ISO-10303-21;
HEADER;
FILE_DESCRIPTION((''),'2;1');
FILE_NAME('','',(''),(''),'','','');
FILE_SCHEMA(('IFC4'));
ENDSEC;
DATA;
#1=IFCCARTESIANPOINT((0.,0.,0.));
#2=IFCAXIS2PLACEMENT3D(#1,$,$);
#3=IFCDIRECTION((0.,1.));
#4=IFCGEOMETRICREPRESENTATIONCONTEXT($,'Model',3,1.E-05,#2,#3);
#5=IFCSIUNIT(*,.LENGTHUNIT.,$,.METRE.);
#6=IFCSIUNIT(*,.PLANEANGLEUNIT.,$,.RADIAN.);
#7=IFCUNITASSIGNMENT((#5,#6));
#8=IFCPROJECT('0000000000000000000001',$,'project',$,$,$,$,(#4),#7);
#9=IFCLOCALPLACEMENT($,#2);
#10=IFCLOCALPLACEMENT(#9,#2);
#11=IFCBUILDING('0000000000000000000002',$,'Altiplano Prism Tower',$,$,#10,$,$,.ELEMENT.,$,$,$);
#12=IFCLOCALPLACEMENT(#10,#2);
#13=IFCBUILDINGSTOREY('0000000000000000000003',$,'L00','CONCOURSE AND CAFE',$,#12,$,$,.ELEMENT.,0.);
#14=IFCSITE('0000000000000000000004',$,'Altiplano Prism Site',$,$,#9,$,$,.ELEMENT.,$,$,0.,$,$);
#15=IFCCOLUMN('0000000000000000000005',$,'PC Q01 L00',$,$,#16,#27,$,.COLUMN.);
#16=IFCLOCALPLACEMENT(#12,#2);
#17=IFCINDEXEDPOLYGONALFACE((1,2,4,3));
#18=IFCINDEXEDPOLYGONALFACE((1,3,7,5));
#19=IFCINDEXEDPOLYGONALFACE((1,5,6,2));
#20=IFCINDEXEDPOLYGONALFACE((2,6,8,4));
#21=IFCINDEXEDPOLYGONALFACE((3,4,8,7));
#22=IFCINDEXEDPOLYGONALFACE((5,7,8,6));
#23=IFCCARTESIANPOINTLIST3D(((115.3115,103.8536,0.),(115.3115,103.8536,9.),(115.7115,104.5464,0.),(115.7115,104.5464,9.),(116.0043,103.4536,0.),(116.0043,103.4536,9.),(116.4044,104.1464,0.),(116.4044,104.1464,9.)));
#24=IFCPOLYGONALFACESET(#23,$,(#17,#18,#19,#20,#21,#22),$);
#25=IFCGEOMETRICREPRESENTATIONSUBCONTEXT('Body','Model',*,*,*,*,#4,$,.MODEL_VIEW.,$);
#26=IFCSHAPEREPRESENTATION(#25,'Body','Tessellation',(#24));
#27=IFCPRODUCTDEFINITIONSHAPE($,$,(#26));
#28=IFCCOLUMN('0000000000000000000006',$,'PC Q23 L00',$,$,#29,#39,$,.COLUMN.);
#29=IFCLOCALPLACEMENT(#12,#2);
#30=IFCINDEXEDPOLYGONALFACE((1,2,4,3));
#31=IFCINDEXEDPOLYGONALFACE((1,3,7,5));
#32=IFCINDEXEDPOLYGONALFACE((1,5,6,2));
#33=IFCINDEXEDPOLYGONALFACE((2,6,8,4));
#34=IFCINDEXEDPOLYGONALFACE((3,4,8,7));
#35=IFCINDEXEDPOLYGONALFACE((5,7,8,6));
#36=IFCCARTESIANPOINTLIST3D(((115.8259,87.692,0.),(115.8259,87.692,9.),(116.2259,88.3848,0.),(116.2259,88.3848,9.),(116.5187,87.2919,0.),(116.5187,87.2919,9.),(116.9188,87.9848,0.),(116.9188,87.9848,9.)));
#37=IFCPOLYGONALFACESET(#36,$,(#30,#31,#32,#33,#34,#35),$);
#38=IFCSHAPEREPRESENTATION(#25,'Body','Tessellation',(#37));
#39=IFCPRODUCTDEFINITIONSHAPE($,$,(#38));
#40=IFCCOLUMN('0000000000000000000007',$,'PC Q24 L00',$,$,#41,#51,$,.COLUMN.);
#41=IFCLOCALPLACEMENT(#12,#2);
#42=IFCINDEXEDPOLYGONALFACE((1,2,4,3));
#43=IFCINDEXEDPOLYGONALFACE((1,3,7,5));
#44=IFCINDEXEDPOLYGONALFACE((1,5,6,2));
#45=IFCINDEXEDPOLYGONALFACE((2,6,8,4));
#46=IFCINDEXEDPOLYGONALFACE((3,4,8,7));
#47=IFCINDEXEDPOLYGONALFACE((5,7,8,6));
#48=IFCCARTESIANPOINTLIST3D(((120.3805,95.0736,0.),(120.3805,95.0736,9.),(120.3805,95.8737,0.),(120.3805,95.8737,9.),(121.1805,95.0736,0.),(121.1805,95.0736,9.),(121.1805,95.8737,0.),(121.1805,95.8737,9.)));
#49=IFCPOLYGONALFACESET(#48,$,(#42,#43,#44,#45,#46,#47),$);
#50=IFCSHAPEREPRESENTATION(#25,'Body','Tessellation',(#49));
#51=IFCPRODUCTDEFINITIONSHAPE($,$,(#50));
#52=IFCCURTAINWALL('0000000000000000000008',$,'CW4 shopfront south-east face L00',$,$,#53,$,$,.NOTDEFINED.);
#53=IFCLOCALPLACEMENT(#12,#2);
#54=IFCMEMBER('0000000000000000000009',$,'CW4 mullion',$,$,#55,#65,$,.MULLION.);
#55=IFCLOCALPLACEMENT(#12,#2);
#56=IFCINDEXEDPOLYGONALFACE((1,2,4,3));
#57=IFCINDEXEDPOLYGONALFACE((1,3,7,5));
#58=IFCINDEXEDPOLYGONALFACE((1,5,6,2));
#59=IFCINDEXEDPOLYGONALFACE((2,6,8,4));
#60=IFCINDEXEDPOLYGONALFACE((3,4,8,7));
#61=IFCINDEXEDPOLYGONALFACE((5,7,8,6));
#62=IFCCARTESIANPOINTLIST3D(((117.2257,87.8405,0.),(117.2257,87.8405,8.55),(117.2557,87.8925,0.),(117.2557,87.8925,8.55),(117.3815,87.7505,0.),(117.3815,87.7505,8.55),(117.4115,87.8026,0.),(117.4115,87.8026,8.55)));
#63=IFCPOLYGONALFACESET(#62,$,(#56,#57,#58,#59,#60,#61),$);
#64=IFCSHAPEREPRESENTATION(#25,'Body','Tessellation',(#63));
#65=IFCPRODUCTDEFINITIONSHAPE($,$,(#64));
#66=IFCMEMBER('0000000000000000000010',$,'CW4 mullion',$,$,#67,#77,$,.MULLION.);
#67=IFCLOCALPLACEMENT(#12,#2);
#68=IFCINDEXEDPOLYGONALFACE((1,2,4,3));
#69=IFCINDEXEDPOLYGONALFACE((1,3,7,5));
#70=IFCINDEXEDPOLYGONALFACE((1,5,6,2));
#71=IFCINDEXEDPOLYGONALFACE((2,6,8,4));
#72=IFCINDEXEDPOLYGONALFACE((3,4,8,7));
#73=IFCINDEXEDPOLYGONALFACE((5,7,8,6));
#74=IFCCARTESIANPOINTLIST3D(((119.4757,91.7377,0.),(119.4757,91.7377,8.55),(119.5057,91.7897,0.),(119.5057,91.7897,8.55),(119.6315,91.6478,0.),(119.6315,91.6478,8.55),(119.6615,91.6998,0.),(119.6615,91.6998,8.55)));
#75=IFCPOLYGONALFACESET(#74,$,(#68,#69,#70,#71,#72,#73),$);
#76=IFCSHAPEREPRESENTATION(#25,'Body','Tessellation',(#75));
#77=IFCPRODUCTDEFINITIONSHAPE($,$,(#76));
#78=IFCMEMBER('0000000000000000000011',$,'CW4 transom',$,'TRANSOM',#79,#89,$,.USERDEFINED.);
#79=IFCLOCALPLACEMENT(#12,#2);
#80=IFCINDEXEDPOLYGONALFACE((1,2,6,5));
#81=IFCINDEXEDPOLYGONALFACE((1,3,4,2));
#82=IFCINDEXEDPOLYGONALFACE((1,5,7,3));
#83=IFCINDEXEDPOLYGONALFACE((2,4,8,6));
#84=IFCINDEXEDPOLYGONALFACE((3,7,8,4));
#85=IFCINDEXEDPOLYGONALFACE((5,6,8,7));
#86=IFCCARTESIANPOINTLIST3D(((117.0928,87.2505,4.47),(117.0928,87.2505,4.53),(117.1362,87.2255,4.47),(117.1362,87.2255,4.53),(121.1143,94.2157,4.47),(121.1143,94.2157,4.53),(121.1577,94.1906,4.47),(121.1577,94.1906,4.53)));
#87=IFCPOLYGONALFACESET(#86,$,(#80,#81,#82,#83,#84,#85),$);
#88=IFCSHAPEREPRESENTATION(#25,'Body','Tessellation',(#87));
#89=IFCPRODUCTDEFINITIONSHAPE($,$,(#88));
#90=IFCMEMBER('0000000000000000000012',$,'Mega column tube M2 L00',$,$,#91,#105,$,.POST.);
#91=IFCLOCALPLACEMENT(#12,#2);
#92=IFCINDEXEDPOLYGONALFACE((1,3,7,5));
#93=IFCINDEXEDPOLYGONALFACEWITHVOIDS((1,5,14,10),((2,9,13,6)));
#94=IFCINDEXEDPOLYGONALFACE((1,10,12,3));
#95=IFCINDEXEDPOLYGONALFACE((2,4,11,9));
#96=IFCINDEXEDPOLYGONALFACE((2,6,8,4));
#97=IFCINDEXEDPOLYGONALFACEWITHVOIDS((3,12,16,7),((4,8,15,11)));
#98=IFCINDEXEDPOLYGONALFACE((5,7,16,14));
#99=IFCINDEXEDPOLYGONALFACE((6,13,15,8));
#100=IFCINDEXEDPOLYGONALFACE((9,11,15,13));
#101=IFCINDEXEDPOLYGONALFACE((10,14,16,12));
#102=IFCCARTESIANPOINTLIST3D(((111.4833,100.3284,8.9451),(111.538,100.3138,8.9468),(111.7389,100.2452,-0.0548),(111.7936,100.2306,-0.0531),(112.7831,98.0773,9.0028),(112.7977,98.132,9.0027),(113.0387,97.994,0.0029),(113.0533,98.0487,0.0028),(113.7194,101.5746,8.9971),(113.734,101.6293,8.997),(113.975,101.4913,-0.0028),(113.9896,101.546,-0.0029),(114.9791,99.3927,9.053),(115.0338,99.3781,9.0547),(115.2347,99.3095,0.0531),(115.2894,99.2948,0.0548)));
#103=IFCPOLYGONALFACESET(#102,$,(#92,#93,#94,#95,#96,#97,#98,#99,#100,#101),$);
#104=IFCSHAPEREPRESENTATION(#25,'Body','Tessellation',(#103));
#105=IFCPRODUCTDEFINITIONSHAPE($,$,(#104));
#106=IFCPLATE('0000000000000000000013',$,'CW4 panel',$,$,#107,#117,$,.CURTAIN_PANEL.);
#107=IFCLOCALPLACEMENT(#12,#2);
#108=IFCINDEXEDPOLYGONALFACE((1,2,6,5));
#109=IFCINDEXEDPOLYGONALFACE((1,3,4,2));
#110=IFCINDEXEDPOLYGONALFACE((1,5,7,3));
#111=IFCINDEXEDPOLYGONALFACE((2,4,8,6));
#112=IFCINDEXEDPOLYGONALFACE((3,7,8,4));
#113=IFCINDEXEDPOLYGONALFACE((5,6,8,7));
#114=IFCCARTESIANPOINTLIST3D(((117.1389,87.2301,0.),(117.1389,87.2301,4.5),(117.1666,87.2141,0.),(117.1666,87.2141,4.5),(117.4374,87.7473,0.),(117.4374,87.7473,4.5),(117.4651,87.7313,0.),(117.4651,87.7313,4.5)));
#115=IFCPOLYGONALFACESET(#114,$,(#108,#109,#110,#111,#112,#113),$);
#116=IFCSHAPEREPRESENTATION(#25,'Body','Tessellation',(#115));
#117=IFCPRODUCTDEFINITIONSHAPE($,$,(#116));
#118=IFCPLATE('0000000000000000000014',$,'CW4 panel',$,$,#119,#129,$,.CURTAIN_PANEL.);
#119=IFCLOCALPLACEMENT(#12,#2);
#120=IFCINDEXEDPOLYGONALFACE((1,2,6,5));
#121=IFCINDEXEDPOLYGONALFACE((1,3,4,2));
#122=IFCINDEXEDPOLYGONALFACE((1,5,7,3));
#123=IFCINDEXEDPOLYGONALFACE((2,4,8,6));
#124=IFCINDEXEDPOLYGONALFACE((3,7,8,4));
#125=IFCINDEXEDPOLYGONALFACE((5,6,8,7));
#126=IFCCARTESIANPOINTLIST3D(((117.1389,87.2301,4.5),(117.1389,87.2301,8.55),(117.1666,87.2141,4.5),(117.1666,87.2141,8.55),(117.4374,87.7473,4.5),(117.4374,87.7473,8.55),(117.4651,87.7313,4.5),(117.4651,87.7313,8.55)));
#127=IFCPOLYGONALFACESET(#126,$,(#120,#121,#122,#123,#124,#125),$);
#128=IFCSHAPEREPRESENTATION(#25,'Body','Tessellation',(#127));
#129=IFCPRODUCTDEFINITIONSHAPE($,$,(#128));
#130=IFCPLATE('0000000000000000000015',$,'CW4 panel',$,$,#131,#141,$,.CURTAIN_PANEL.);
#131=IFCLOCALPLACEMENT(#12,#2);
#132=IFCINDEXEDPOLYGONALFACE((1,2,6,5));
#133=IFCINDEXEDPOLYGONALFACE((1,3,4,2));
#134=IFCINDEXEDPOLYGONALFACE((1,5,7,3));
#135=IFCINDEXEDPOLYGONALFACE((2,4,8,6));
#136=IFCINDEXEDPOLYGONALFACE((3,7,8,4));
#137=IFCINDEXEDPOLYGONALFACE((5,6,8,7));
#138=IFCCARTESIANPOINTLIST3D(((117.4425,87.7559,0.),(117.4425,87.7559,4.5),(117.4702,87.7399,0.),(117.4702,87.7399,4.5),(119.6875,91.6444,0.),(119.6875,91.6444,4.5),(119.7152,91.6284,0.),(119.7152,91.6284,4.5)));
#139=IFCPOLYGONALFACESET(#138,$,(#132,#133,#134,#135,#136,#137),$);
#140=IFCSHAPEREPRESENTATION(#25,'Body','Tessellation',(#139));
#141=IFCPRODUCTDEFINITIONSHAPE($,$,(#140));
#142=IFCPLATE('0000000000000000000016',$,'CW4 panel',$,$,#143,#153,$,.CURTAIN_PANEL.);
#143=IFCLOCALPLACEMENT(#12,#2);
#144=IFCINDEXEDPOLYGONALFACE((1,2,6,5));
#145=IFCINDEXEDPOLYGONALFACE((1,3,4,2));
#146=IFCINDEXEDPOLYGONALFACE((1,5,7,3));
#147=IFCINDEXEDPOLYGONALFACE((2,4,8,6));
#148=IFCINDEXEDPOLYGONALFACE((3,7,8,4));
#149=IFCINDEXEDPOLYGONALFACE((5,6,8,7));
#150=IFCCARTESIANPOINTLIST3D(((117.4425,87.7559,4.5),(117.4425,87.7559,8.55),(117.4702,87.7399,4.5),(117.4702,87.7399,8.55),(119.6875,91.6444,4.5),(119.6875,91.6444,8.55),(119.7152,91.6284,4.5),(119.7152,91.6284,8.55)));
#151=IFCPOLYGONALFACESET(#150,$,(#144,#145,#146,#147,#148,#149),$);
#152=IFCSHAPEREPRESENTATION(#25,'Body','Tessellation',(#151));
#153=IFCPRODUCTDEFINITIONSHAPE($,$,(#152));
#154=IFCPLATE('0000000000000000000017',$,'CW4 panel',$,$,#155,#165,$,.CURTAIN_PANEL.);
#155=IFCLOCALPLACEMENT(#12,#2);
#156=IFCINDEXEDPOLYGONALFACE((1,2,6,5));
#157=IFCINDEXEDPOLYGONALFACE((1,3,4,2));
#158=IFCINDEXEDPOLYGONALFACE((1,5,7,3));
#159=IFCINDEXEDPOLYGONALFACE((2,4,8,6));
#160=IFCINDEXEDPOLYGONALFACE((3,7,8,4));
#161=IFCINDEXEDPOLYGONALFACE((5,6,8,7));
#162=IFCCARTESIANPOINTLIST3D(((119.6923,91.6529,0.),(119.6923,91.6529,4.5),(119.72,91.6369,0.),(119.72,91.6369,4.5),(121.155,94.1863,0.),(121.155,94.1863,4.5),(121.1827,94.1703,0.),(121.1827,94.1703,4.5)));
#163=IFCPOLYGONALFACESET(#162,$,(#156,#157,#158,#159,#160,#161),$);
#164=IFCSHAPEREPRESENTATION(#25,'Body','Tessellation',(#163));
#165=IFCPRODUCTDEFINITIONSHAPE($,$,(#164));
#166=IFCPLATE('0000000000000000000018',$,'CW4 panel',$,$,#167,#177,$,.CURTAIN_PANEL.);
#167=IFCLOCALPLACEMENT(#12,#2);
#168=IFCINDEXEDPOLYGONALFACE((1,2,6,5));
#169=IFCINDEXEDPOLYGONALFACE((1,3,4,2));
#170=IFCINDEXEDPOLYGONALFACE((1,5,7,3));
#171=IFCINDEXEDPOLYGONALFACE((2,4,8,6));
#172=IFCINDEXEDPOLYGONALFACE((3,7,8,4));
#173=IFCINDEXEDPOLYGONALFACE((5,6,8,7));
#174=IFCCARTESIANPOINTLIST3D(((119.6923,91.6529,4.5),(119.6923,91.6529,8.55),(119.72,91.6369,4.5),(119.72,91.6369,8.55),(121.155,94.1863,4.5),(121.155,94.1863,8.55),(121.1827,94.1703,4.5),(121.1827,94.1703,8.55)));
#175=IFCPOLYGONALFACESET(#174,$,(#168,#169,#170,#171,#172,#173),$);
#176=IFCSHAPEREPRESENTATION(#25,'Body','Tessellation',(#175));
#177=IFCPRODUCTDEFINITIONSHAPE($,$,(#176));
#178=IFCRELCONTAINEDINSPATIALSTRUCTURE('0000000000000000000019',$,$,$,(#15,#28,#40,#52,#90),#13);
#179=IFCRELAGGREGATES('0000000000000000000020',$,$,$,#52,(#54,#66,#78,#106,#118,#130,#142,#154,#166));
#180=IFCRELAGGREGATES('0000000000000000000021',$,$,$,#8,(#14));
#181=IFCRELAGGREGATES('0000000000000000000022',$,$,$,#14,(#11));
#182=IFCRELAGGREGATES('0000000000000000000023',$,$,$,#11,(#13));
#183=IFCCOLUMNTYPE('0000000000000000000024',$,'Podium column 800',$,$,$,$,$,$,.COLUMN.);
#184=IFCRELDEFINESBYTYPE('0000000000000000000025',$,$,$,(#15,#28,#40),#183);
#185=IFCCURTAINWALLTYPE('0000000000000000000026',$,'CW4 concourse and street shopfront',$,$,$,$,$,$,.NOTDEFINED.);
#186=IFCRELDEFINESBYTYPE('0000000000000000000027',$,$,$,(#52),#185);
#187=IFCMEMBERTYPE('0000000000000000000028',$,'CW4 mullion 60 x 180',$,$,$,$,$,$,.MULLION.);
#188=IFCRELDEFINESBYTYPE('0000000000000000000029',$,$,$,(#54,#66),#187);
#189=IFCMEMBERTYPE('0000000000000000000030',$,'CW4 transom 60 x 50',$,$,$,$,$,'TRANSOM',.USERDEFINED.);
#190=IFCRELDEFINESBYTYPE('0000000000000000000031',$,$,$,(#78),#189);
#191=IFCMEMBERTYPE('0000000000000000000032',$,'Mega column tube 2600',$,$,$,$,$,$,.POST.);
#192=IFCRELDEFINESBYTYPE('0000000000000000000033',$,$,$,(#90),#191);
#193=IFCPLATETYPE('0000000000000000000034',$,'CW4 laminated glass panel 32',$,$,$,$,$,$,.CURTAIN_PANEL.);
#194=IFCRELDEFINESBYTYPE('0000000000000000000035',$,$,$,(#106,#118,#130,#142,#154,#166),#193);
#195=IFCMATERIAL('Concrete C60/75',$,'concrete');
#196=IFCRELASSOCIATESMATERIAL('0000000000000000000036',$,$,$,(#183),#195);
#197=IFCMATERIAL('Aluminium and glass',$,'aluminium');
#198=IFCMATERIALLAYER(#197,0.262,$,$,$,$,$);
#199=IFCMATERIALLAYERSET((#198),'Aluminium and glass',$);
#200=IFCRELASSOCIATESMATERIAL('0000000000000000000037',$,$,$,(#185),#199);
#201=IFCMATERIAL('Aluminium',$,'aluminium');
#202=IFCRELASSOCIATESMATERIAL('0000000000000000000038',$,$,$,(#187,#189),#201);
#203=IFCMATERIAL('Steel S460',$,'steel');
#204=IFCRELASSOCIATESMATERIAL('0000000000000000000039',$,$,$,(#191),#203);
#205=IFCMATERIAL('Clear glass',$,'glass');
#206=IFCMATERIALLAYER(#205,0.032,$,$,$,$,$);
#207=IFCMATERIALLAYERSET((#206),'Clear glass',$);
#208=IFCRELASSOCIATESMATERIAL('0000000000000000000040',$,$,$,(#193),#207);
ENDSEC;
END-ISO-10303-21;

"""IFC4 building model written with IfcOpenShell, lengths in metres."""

from ifc_helpers import new_model, si_unit, direction, frame, origin, origin_2d, place, context, subcontext, project, spatial, rectangle, hollow_rectangle, extrude, material, layer, layer_set, material_profile, profile_set, type_object, element, aggregate, save


model = new_model("IFC4")

# Units and contexts
model_context = context("Model", 3, precision=1e-05, world=origin(), true_north=direction((0.0, 1.0)))
body_context = subcontext(model_context, "Body", "Model", "MODEL_VIEW")
ifc_project = project(units=[si_unit("LENGTHUNIT", "METRE"), si_unit("PLANEANGLEUNIT", "RADIAN")], contexts=[model_context])

# Site, building, storey
site_placement = place(None, origin())
site = spatial("IfcSite", under=ifc_project, at=site_placement, Name="Altiplano Prism Site", CompositionType="ELEMENT", RefElevation=0.0)
building_placement = place(site_placement, origin())
building = spatial("IfcBuilding", under=site, at=building_placement, Name="Altiplano Prism Tower", CompositionType="ELEMENT")
storey_placement = place(building_placement, origin())
storey = spatial("IfcBuildingStorey", under=building, at=storey_placement, Name="L00", Description="CONCOURSE AND CAFE", CompositionType="ELEMENT", Elevation=0.0)

# Columns
ifc_material_1 = material(Name="Concrete C60/75", Category="concrete")
ifc_material_profile_1 = material_profile(ifc_material_1, rectangle(XDim=0.8, YDim=0.8, at=origin_2d()), Name="Podium column 800")
ifc_profile_set_1 = profile_set([ifc_material_profile_1], Name="Concrete C60/75")
column_type = type_object("IfcColumnType", Name="Podium column 800", PredefinedType="COLUMN", material=ifc_profile_set_1)
for number, where, z_axis, x_axis, name in (
    (1, (115.8579, 104.0, 0.0), (0.0, 0.0, 1.0), (0.5, 0.866025, 0.0), "PC Q01 L00"),
    (2, (116.3723, 87.8384, 0.0), (0.0, 0.0, 1.0), (0.5, 0.866025, 0.0), "PC Q23 L00"),
    (3, (120.7805, 95.4736, 0.0), (0.0, 0.0, 1.0), (0.0, 1.0, 0.0), "PC Q24 L00"),
):
    element("IfcColumn", number, at=place(storey_placement, frame(where, z_axis=z_axis, x_axis=x_axis)), inside=storey, type_object=column_type, Name=name, PredefinedType="COLUMN", context=body_context, shape_type="SweptSolid", body=[
        extrude(rectangle(XDim=0.8, YDim=0.8, at=origin_2d()), origin(), (0.0, 0.0, 1.0), 9.0),
    ])

# Curtain wall, members
ifc_material_2 = material(Name="Aluminium and glass", Category="aluminium")
ifc_layer_1 = layer(ifc_material_2, 0.262)
ifc_layer_set_1 = layer_set([ifc_layer_1], Name="Aluminium and glass")
curtain_wall_type = type_object("IfcCurtainWallType", Name="CW4 concourse and street shopfront", PredefinedType="NOTDEFINED", material=ifc_layer_set_1)
curtain_wall_placement = place(storey_placement, origin())
curtain_wall = element("IfcCurtainWall", 4, at=curtain_wall_placement, inside=storey, type_object=curtain_wall_type, Name="CW4 shopfront south-east face L00", PredefinedType="NOTDEFINED")
ifc_material_3 = material(Name="Aluminium", Category="aluminium")
ifc_material_profile_2 = material_profile(ifc_material_3, rectangle(XDim=0.1799, YDim=0.0601, at=origin_2d()), Name="CW4 mullion 60 x 180")
ifc_profile_set_2 = profile_set([ifc_material_profile_2], Name="Aluminium")
member_type_1 = type_object("IfcMemberType", Name="CW4 mullion 60 x 180", PredefinedType="MULLION", material=ifc_profile_set_2)
member_1_placement = place(storey_placement, frame((117.3186, 87.8215, 0.0), z_axis=(0.0, 0.0, 1.0), x_axis=(-0.866025, 0.5, 0.0)))
member_1 = element("IfcMember", 5, at=member_1_placement, type_object=member_type_1, Name="CW4 mullion", PredefinedType="MULLION", context=body_context, shape_type="SweptSolid", body=[
    extrude(rectangle(XDim=0.1799, YDim=0.0601, at=origin_2d()), origin(), (0.0, 0.0, 1.0), 8.55),
])
member_2_placement = place(storey_placement, frame((119.5686, 91.7188, 0.0), z_axis=(0.0, 0.0, 1.0), x_axis=(-0.866025, 0.5, 0.0)))
member_2 = element("IfcMember", 6, at=member_2_placement, type_object=member_type_1, Name="CW4 mullion", PredefinedType="MULLION", context=body_context, shape_type="SweptSolid", body=[
    extrude(rectangle(XDim=0.1799, YDim=0.0601, at=origin_2d()), origin(), (0.0, 0.0, 1.0), 8.55),
])
ifc_material_profile_3 = material_profile(ifc_material_3, rectangle(XDim=0.05, YDim=0.0601, at=origin_2d()), Name="CW4 transom 60 x 50")
ifc_profile_set_3 = profile_set([ifc_material_profile_3], Name="Aluminium")
member_type_2 = type_object("IfcMemberType", Name="CW4 transom 60 x 50", ElementType="TRANSOM", PredefinedType="USERDEFINED", material=ifc_profile_set_3)
member_3_placement = place(storey_placement, frame((117.1145, 87.238, 4.5), z_axis=(0.500018, 0.866015, 0.0), x_axis=(-0.866015, 0.500018, 0.0)))
member_3 = element("IfcMember", 7, at=member_3_placement, type_object=member_type_2, Name="CW4 transom", ObjectType="TRANSOM", PredefinedType="USERDEFINED", context=body_context, shape_type="SweptSolid", body=[
    extrude(rectangle(XDim=0.05, YDim=0.0601, at=origin_2d()), origin(), (0.0, 0.0, 1.0), 8.0427),
])

# Member
ifc_material_4 = material(Name="Steel S460", Category="steel")
ifc_material_profile_4 = material_profile(ifc_material_4, hollow_rectangle(XDim=2.6001, YDim=2.6001, WallThickness=0.04, at=origin_2d()), Name="Mega column tube 2600")
ifc_profile_set_4 = profile_set([ifc_material_profile_4], Name="Steel S460")
member_type_3 = type_object("IfcMemberType", Name="Mega column tube 2600", PredefinedType="POST", material=ifc_profile_set_4)
member_4_placement = place(storey_placement, frame((113.5142, 99.77, 0.0), z_axis=(-0.028389, 0.009246, 0.999554), x_axis=(0.499889, -0.865805, 0.022207)))
element("IfcMember", 8, at=member_4_placement, inside=storey, type_object=member_type_3, Name="Mega column tube M2 L00", PredefinedType="POST", context=body_context, shape_type="SweptSolid", body=[
    extrude(hollow_rectangle(XDim=2.6001, YDim=2.6001, WallThickness=0.04, at=origin_2d()), origin(), (0.0, 0.0, 1.0), 9.0039),
])

# Plates
ifc_material_5 = material(Name="Clear glass", Category="glass")
ifc_layer_2 = layer(ifc_material_5, 0.032)
ifc_layer_set_2 = layer_set([ifc_layer_2], Name="Clear glass")
plate_type = type_object("IfcPlateType", Name="CW4 laminated glass panel 32", PredefinedType="CURTAIN_PANEL", material=ifc_layer_set_2)
plate_1_placement = place(storey_placement, frame((117.302, 87.4807, 0.0), z_axis=(0.0, 0.0, 1.0), x_axis=(0.5, 0.866025, 0.0)))
plate_1 = element("IfcPlate", 9, at=plate_1_placement, type_object=plate_type, Name="CW4 panel", PredefinedType="CURTAIN_PANEL", context=body_context, shape_type="SweptSolid", body=[
    extrude(rectangle(XDim=0.5972, YDim=0.032, at=origin_2d()), origin(), (0.0, 0.0, 1.0), 4.5),
])
plate_2_placement = place(storey_placement, frame((117.302, 87.4807, 4.5), z_axis=(0.0, 0.0, 1.0), x_axis=(0.5, 0.866025, 0.0)))
plate_2 = element("IfcPlate", 10, at=plate_2_placement, type_object=plate_type, Name="CW4 panel", PredefinedType="CURTAIN_PANEL", context=body_context, shape_type="SweptSolid", body=[
    extrude(rectangle(XDim=0.5972, YDim=0.032, at=origin_2d()), origin(), (0.0, 0.0, 1.0), 4.05),
])
plate_3_placement = place(storey_placement, frame((118.5789, 89.6921, 0.0), z_axis=(0.0, 0.0, 1.0), x_axis=(0.5, 0.866025, 0.0)))
plate_3 = element("IfcPlate", 11, at=plate_3_placement, type_object=plate_type, Name="CW4 panel", PredefinedType="CURTAIN_PANEL", context=body_context, shape_type="SweptSolid", body=[
    extrude(rectangle(XDim=4.49, YDim=0.032, at=origin_2d()), origin(), (0.0, 0.0, 1.0), 4.5),
])
plate_4_placement = place(storey_placement, frame((118.5789, 89.6921, 4.5), z_axis=(0.0, 0.0, 1.0), x_axis=(0.5, 0.866025, 0.0)))
plate_4 = element("IfcPlate", 12, at=plate_4_placement, type_object=plate_type, Name="CW4 panel", PredefinedType="CURTAIN_PANEL", context=body_context, shape_type="SweptSolid", body=[
    extrude(rectangle(XDim=4.49, YDim=0.032, at=origin_2d()), origin(), (0.0, 0.0, 1.0), 4.05),
])
plate_5_placement = place(storey_placement, frame((120.4375, 92.9116, 0.0), z_axis=(0.0, 0.0, 1.0), x_axis=(0.5, 0.866025, 0.0)))
plate_5 = element("IfcPlate", 13, at=plate_5_placement, type_object=plate_type, Name="CW4 panel", PredefinedType="CURTAIN_PANEL", context=body_context, shape_type="SweptSolid", body=[
    extrude(rectangle(XDim=2.9253, YDim=0.032, at=origin_2d()), origin(), (0.0, 0.0, 1.0), 4.5),
])
plate_6_placement = place(storey_placement, frame((120.4375, 92.9116, 4.5), z_axis=(0.0, 0.0, 1.0), x_axis=(0.5, 0.866025, 0.0)))
plate_6 = element("IfcPlate", 14, at=plate_6_placement, type_object=plate_type, Name="CW4 panel", PredefinedType="CURTAIN_PANEL", context=body_context, shape_type="SweptSolid", body=[
    extrude(rectangle(XDim=2.9253, YDim=0.032, at=origin_2d()), origin(), (0.0, 0.0, 1.0), 4.05),
])
aggregate(curtain_wall, [member_1, member_2, member_3, plate_1, plate_2, plate_3, plate_4, plate_5, plate_6])

save(model, "model.ifc")
